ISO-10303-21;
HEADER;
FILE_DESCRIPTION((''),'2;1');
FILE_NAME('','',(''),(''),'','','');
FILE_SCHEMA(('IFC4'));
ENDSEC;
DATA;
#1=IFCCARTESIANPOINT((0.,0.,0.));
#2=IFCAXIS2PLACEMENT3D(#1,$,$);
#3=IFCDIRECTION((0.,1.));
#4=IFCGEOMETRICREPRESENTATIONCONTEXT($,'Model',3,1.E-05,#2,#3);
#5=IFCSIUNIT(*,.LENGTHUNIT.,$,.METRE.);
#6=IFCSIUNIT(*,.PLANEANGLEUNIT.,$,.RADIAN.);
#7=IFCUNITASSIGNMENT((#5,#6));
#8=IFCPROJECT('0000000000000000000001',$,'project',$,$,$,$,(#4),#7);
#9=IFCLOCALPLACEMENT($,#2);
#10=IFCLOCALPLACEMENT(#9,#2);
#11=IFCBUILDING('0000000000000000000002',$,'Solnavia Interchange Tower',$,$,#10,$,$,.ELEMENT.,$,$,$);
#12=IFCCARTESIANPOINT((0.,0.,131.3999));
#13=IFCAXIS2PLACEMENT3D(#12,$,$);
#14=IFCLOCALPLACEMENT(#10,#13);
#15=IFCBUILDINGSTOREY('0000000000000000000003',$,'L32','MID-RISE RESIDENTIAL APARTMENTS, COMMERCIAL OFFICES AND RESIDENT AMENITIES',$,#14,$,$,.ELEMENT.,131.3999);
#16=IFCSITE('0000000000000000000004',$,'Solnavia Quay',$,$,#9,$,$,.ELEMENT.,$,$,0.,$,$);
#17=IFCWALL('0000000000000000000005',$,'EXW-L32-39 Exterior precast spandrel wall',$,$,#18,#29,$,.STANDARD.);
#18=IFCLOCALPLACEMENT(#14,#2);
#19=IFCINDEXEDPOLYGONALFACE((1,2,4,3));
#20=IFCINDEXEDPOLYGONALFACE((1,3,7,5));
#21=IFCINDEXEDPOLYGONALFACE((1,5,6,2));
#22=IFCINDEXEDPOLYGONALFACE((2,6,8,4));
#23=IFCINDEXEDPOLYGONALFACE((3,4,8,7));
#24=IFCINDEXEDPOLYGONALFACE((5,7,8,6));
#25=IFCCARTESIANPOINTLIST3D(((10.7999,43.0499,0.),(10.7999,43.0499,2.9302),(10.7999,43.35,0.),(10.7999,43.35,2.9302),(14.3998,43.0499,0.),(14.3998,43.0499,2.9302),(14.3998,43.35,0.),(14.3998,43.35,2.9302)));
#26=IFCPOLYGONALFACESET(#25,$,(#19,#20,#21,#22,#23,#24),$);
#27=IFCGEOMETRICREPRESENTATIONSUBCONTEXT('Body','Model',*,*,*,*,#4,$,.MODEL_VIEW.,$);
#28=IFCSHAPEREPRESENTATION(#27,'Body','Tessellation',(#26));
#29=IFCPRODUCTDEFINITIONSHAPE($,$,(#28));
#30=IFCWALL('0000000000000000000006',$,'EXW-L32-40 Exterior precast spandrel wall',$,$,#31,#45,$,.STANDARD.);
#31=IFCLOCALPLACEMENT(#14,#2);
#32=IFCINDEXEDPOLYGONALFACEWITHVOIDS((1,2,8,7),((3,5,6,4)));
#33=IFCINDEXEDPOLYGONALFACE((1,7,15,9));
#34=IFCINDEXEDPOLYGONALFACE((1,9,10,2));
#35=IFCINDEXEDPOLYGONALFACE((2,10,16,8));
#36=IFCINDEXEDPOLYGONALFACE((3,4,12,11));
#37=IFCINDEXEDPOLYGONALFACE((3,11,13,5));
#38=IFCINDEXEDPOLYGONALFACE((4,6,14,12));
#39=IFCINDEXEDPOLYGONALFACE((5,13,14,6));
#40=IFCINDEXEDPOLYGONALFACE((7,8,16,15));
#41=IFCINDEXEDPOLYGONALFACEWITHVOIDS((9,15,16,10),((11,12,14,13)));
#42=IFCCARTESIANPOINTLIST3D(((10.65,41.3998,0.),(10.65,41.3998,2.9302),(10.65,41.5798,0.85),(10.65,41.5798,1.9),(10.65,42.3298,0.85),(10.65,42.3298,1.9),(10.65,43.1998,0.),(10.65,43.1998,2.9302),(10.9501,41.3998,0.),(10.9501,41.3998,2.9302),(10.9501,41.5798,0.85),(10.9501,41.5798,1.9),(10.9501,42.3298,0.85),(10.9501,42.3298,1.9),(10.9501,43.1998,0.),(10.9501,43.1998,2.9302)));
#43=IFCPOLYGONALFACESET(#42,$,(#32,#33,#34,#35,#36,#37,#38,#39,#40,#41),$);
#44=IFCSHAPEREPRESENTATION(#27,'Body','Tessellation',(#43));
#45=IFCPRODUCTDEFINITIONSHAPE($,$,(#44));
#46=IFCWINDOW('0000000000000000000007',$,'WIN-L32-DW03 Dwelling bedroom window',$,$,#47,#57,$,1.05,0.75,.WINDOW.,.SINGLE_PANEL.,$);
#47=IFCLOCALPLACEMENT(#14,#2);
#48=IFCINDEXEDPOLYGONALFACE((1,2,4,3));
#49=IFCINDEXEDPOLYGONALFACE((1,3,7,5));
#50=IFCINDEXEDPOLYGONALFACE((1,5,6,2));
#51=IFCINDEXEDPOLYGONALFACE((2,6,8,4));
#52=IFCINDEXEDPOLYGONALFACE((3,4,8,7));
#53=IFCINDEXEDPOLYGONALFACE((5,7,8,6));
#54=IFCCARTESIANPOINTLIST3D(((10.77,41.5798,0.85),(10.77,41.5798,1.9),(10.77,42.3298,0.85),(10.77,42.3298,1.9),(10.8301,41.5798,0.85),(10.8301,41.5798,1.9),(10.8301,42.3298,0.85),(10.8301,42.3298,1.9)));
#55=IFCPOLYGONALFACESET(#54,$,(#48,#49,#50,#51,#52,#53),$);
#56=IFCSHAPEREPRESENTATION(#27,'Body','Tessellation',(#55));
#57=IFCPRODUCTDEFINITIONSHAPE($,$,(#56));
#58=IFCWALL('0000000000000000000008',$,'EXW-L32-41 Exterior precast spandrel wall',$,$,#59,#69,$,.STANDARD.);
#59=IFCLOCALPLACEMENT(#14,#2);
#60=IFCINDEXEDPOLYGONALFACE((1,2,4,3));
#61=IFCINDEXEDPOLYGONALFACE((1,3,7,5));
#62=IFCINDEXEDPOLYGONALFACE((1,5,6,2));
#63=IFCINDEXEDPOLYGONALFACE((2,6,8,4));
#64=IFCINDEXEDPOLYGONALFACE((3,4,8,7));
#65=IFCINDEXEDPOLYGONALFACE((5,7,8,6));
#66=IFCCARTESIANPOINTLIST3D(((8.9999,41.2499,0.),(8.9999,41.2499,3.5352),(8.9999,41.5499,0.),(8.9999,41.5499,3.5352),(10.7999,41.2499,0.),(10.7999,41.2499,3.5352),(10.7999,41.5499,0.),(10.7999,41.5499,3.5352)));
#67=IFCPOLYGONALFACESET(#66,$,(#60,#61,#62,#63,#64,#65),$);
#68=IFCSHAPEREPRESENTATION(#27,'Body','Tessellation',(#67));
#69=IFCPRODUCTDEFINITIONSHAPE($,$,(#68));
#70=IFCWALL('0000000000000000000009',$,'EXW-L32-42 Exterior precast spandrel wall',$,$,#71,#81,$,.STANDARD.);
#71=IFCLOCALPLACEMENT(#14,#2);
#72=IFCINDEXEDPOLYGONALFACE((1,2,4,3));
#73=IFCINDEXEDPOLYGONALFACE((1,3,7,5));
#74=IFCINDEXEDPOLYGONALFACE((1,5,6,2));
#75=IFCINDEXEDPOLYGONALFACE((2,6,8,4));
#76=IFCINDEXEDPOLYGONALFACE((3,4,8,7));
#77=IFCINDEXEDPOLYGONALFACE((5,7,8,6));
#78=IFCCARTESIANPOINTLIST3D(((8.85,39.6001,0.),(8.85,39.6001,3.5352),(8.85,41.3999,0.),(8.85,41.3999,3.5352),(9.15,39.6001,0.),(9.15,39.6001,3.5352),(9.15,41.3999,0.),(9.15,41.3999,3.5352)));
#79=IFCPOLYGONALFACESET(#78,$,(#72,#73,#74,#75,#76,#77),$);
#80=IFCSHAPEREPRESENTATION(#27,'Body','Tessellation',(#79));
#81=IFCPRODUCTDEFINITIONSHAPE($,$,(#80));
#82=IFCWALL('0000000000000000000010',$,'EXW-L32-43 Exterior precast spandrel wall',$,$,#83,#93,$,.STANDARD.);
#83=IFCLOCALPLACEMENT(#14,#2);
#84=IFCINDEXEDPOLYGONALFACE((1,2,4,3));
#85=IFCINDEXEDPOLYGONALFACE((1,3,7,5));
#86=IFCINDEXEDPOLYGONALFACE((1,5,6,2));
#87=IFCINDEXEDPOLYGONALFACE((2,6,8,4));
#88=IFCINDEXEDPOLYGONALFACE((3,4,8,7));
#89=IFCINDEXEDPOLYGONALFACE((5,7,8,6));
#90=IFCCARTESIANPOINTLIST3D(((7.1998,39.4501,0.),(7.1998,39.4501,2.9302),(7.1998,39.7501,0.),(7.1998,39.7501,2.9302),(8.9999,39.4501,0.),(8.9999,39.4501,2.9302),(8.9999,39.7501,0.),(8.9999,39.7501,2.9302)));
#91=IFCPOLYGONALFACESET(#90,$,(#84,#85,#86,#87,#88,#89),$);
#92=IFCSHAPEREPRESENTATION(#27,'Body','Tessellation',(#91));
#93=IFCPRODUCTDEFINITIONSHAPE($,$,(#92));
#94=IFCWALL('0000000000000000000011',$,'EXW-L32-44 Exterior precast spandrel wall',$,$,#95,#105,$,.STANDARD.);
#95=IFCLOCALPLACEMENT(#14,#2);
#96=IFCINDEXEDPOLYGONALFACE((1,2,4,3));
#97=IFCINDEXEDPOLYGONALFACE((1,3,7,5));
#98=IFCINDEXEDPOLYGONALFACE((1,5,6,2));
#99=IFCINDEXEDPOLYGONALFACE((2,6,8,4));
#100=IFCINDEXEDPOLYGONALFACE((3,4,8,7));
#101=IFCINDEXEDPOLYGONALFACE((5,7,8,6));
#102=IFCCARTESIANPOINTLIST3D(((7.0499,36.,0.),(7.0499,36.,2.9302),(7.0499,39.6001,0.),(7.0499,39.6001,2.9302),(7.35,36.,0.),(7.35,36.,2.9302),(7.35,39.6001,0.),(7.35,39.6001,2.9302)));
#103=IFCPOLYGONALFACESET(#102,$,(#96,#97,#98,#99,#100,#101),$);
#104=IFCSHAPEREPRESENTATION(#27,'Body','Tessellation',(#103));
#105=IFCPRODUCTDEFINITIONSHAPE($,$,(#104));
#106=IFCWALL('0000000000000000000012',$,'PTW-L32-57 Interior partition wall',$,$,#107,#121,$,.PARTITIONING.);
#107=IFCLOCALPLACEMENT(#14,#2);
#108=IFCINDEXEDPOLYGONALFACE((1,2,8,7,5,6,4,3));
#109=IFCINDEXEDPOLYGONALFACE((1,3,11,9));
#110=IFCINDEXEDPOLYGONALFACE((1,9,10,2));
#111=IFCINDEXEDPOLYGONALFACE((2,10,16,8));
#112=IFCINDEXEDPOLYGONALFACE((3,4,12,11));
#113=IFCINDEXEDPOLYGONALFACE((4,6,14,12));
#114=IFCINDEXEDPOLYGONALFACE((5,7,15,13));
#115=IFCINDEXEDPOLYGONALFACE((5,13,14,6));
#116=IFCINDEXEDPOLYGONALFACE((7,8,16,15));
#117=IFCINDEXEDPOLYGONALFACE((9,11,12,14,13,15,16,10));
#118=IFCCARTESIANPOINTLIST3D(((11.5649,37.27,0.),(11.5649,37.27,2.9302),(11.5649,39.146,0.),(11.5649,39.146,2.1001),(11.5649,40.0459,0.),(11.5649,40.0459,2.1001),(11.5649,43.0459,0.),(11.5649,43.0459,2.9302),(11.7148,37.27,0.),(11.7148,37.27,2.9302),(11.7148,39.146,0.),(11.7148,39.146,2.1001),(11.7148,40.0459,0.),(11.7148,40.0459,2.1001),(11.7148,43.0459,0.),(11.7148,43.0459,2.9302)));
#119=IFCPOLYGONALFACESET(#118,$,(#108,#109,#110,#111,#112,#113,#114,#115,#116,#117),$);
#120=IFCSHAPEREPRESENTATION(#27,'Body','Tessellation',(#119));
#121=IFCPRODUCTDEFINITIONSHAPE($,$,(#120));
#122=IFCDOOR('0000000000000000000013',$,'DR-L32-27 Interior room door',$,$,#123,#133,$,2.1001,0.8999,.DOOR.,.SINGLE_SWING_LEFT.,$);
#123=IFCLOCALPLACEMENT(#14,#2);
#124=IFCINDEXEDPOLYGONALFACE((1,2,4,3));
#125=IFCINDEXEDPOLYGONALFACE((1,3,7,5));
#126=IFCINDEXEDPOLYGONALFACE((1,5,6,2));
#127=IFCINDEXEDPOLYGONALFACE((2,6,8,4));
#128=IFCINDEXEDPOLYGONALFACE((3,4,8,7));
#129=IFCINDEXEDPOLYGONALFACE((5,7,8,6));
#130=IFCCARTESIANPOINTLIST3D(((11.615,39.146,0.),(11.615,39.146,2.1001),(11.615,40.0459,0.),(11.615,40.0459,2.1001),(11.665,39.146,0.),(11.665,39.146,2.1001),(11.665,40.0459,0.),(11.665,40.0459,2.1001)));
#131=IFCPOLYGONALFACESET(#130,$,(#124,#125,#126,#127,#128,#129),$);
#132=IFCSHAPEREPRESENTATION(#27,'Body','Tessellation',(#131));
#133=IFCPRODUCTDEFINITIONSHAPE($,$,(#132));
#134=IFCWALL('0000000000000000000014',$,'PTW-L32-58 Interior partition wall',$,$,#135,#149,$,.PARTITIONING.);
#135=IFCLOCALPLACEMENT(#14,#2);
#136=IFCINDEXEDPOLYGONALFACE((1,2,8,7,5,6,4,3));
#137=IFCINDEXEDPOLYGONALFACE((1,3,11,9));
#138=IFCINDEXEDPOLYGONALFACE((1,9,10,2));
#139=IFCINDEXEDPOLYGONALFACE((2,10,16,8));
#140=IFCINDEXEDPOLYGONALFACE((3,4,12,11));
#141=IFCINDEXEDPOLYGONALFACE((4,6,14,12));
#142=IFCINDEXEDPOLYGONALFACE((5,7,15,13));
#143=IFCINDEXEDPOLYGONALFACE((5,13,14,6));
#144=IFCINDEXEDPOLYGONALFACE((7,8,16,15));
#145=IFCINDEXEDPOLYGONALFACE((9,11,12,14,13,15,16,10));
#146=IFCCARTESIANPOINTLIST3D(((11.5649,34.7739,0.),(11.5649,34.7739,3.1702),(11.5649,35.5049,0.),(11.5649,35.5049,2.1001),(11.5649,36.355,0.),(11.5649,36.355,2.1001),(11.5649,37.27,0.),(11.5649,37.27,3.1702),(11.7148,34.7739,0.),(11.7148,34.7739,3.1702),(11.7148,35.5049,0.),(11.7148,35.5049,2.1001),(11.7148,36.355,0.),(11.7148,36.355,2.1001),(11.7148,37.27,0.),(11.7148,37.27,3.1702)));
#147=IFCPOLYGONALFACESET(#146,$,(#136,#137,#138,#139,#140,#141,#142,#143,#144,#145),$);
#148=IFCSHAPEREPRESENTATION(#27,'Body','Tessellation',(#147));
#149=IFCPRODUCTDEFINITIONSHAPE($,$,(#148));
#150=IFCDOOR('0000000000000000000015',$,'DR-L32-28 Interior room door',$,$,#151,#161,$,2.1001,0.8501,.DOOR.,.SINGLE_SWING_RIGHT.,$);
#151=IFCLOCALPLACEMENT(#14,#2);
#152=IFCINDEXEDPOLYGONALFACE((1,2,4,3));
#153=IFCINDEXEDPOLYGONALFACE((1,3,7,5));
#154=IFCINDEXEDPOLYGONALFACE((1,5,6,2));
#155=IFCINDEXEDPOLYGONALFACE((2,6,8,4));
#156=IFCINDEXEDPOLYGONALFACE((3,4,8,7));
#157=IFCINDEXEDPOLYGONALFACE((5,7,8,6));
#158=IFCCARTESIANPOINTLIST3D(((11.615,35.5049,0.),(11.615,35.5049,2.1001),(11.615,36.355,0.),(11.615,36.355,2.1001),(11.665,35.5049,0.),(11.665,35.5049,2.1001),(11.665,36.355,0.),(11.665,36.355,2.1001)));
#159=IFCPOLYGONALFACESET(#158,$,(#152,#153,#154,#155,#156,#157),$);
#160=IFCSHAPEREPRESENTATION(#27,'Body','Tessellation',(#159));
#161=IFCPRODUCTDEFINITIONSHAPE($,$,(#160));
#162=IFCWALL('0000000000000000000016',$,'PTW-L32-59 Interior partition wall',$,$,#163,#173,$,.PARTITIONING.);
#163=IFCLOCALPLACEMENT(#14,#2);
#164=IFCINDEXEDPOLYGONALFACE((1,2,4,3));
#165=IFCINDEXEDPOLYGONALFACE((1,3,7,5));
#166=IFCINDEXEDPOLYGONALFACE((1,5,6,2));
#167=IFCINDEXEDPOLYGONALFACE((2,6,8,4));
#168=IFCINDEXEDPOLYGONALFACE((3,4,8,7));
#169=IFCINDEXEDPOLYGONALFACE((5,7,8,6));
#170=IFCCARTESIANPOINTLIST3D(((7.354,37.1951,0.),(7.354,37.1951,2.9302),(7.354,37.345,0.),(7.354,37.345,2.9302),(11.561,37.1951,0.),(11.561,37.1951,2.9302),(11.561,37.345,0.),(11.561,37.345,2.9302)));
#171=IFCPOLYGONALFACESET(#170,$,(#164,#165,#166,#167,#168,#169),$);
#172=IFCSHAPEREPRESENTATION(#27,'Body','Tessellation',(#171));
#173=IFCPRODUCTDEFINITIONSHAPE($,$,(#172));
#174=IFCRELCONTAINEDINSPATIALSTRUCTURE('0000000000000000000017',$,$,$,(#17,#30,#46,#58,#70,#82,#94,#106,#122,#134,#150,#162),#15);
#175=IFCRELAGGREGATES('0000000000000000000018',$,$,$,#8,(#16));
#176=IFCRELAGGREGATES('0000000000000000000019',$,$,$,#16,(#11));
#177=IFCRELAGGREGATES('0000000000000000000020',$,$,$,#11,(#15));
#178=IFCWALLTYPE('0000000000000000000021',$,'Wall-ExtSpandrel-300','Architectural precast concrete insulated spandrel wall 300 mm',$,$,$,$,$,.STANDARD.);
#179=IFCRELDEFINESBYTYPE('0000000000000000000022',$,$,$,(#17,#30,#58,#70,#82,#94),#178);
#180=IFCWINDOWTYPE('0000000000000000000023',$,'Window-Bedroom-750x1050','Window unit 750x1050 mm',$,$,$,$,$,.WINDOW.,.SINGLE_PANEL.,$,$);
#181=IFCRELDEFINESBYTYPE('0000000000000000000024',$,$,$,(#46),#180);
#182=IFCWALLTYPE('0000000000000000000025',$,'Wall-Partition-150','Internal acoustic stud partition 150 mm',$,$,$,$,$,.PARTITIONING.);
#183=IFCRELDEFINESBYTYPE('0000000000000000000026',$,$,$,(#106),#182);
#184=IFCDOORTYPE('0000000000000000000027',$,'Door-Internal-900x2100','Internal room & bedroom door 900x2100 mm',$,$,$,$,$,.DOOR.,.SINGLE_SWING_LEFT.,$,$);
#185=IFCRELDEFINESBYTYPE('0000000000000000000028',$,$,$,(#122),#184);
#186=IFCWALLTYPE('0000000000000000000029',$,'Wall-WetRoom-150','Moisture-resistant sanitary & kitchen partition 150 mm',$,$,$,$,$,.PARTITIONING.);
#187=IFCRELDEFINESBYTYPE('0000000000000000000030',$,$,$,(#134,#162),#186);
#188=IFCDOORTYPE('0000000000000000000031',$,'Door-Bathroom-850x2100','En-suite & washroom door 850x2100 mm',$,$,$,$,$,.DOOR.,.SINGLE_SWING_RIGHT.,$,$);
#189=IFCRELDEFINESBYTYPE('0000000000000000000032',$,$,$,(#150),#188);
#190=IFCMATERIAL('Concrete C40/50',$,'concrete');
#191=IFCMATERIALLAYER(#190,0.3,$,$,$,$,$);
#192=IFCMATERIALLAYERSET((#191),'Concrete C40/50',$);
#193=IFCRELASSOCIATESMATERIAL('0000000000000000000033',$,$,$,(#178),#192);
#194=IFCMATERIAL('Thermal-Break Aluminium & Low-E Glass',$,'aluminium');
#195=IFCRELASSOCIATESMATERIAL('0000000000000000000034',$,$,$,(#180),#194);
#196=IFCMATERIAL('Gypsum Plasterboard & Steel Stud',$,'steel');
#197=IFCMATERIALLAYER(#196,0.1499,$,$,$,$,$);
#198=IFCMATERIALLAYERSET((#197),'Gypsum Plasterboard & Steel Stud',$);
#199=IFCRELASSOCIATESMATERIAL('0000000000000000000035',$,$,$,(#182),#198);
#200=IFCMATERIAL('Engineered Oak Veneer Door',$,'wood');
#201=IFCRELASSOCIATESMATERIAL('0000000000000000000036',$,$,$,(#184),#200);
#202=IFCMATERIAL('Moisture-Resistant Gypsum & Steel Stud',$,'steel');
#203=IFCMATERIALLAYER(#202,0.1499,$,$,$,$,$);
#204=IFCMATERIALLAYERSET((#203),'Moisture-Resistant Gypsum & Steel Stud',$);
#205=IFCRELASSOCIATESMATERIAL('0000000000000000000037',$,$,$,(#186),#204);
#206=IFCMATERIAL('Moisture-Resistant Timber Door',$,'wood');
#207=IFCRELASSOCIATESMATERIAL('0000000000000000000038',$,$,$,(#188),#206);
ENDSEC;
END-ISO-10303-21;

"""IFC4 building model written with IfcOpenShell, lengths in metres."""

from ifc_helpers import new_model, si_unit, direction, frame, frame_2d, origin, place, context, subcontext, project, spatial, rectangle, extrude, material, layer, layer_set, type_object, element, fill, save


model = new_model("IFC4")

# Units and contexts
model_context = context("Model", 3, precision=1e-05, world=origin(), true_north=direction((0.0, 1.0)))
body_context = subcontext(model_context, "Body", "Model", "MODEL_VIEW")
ifc_project = project(units=[si_unit("LENGTHUNIT", "METRE"), si_unit("PLANEANGLEUNIT", "RADIAN")], contexts=[model_context])

# Site, building, storey
site_placement = place(None, origin())
site = spatial("IfcSite", under=ifc_project, at=site_placement, Name="Solnavia Quay", CompositionType="ELEMENT", RefElevation=0.0)
building_placement = place(site_placement, origin())
building = spatial("IfcBuilding", under=site, at=building_placement, Name="Solnavia Interchange Tower", CompositionType="ELEMENT")
storey_placement = place(building_placement, frame((0.0, 0.0, 131.3999)))
storey = spatial("IfcBuildingStorey", under=building, at=storey_placement, Name="L32", Description="MID-RISE RESIDENTIAL APARTMENTS, COMMERCIAL OFFICES AND RESIDENT AMENITIES", CompositionType="ELEMENT", Elevation=131.3999)

# Wall
ifc_material_1 = material(Name="Concrete C40/50", Category="concrete")
ifc_layer_1 = layer(ifc_material_1, 0.3)
ifc_layer_set_1 = layer_set([ifc_layer_1], Name="Concrete C40/50")
wall_type_1 = type_object("IfcWallType", Name="Wall-ExtSpandrel-300", Description="Architectural precast concrete insulated spandrel wall 300 mm", PredefinedType="STANDARD", material=ifc_layer_set_1)
wall_1_placement = place(storey_placement, frame((10.8, 43.2, 0.0), z_axis=(0.0, 0.0, 1.0), x_axis=(1.0, 0.0, 0.0)))
element("IfcWall", 1, at=wall_1_placement, inside=storey, type_object=wall_type_1, Name="EXW-L32-39 Exterior precast spandrel wall", PredefinedType="STANDARD", context=body_context, shape_type="SweptSolid", body=[
    extrude(rectangle(XDim=3.5999, YDim=0.3, at=frame_2d((1.7998, 0.0))), origin(), (0.0, 0.0, 1.0), 2.9302),
])

# Wall, opening, window
wall_2_placement = place(storey_placement, frame((10.8, 41.3999, 0.0), z_axis=(0.0, 0.0, 1.0), x_axis=(0.0, 1.0, 0.0)))
wall_2 = element("IfcWall", 2, at=wall_2_placement, inside=storey, type_object=wall_type_1, Name="EXW-L32-40 Exterior precast spandrel wall", PredefinedType="STANDARD", context=body_context, shape_type="SweptSolid", body=[
    extrude(rectangle(XDim=1.8, YDim=0.3, at=frame_2d((0.8999, 0.0))), origin(), (0.0, 0.0, 1.0), 2.9302),
])
opening_1_placement = place(wall_2_placement, frame((0.1799, 0.0, 0.8501)))
opening_1 = element("IfcOpeningElement", 3, at=opening_1_placement, cuts=wall_2, PredefinedType="OPENING", context=body_context, shape_type="SweptSolid", body=[
    extrude(rectangle(XDim=0.75, YDim=1.05, at=frame_2d((0.375, 0.5249))), frame((0.0, 0.1602, 0.0), z_axis=(0.0, -1.0, 0.0), x_axis=(1.0, 0.0, 0.0)), (0.0, 0.0, 1.0), 0.3201),
])
ifc_material_2 = material(Name="Thermal-Break Aluminium & Low-E Glass", Category="aluminium")
window_type = type_object("IfcWindowType", Name="Window-Bedroom-750x1050", Description="Window unit 750x1050 mm", PartitioningType="SINGLE_PANEL", PredefinedType="WINDOW", material=ifc_material_2)
window_placement = place(opening_1_placement, origin())
window = element("IfcWindow", 4, at=window_placement, inside=storey, type_object=window_type, Name="WIN-L32-DW03 Dwelling bedroom window", OverallHeight=1.05, OverallWidth=0.75, PartitioningType="SINGLE_PANEL", PredefinedType="WINDOW", context=body_context, shape_type="SweptSolid", body=[
    extrude(rectangle(XDim=0.75, YDim=1.05, at=frame_2d((0.375, 0.5249))), frame((0.0, 0.03, 0.0), z_axis=(0.0, -1.0, 0.0), x_axis=(1.0, 0.0, 0.0)), (0.0, 0.0, 1.0), 0.0601),
])
fill(opening_1, window)

# Walls
wall_3_placement = place(storey_placement, frame((9.0, 41.3999, 0.0), z_axis=(0.0, 0.0, 1.0), x_axis=(1.0, 0.0, 0.0)))
element("IfcWall", 5, at=wall_3_placement, inside=storey, type_object=wall_type_1, Name="EXW-L32-41 Exterior precast spandrel wall", PredefinedType="STANDARD", context=body_context, shape_type="SweptSolid", body=[
    extrude(rectangle(XDim=1.8, YDim=0.3, at=frame_2d((0.8999, 0.0))), origin(), (0.0, 0.0, 1.0), 3.5352),
])
wall_4_placement = place(storey_placement, frame((9.0, 39.6001, 0.0), z_axis=(0.0, 0.0, 1.0), x_axis=(0.0, 1.0, 0.0)))
element("IfcWall", 6, at=wall_4_placement, inside=storey, type_object=wall_type_1, Name="EXW-L32-42 Exterior precast spandrel wall", PredefinedType="STANDARD", context=body_context, shape_type="SweptSolid", body=[
    extrude(rectangle(XDim=1.7998, YDim=0.3, at=frame_2d((0.8999, 0.0))), origin(), (0.0, 0.0, 1.0), 3.5352),
])
wall_5_placement = place(storey_placement, frame((7.2, 39.6001, 0.0), z_axis=(0.0, 0.0, 1.0), x_axis=(1.0, 0.0, 0.0)))
element("IfcWall", 7, at=wall_5_placement, inside=storey, type_object=wall_type_1, Name="EXW-L32-43 Exterior precast spandrel wall", PredefinedType="STANDARD", context=body_context, shape_type="SweptSolid", body=[
    extrude(rectangle(XDim=1.8, YDim=0.3, at=frame_2d((0.8999, 0.0))), origin(), (0.0, 0.0, 1.0), 2.9302),
])
wall_6_placement = place(storey_placement, frame((7.2, 36.0, 0.0), z_axis=(0.0, 0.0, 1.0), x_axis=(0.0, 1.0, 0.0)))
element("IfcWall", 8, at=wall_6_placement, inside=storey, type_object=wall_type_1, Name="EXW-L32-44 Exterior precast spandrel wall", PredefinedType="STANDARD", context=body_context, shape_type="SweptSolid", body=[
    extrude(rectangle(XDim=3.6001, YDim=0.3, at=frame_2d((1.8, 0.0))), origin(), (0.0, 0.0, 1.0), 2.9302),
])

# Walls, openings, doors
ifc_material_3 = material(Name="Gypsum Plasterboard & Steel Stud", Category="steel")
ifc_layer_2 = layer(ifc_material_3, 0.1499)
ifc_layer_set_2 = layer_set([ifc_layer_2], Name="Gypsum Plasterboard & Steel Stud")
wall_type_2 = type_object("IfcWallType", Name="Wall-Partition-150", Description="Internal acoustic stud partition 150 mm", PredefinedType="PARTITIONING", material=ifc_layer_set_2)
wall_7_placement = place(storey_placement, frame((11.6399, 37.27, 0.0), z_axis=(0.0, 0.0, 1.0), x_axis=(0.0, 1.0, 0.0)))
wall_7 = element("IfcWall", 9, at=wall_7_placement, inside=storey, type_object=wall_type_2, Name="PTW-L32-57 Interior partition wall", PredefinedType="PARTITIONING", context=body_context, shape_type="SweptSolid", body=[
    extrude(rectangle(XDim=5.7759, YDim=0.1499, at=frame_2d((2.8879, 0.0))), origin(), (0.0, 0.0, 1.0), 2.9302),
])
opening_2_placement = place(wall_7_placement, frame((1.876, 0.0, 0.0)))
opening_2 = element("IfcOpeningElement", 10, at=opening_2_placement, cuts=wall_7, PredefinedType="OPENING", context=body_context, shape_type="SweptSolid", body=[
    extrude(rectangle(XDim=0.8999, YDim=2.1001, at=frame_2d((0.45, 1.05))), frame((0.0, 0.085, 0.0), z_axis=(0.0, -1.0, 0.0), x_axis=(1.0, 0.0, 0.0)), (0.0, 0.0, 1.0), 0.1699),
])
ifc_material_4 = material(Name="Engineered Oak Veneer Door", Category="wood")
door_type_1 = type_object("IfcDoorType", Name="Door-Internal-900x2100", Description="Internal room & bedroom door 900x2100 mm", OperationType="SINGLE_SWING_LEFT", PredefinedType="DOOR", material=ifc_material_4)
door_1_placement = place(opening_2_placement, origin())
door_1 = element("IfcDoor", 11, at=door_1_placement, inside=storey, type_object=door_type_1, Name="DR-L32-27 Interior room door", OperationType="SINGLE_SWING_LEFT", OverallHeight=2.1001, OverallWidth=0.8999, PredefinedType="DOOR", context=body_context, shape_type="SweptSolid", body=[
    extrude(rectangle(XDim=0.8999, YDim=2.1001, at=frame_2d((0.45, 1.05))), frame((0.0, 0.0249, 0.0), z_axis=(0.0, -1.0, 0.0), x_axis=(1.0, 0.0, 0.0)), (0.0, 0.0, 1.0), 0.05),
])
fill(opening_2, door_1)
ifc_material_5 = material(Name="Moisture-Resistant Gypsum & Steel Stud", Category="steel")
ifc_layer_3 = layer(ifc_material_5, 0.1499)
ifc_layer_set_3 = layer_set([ifc_layer_3], Name="Moisture-Resistant Gypsum & Steel Stud")
wall_type_3 = type_object("IfcWallType", Name="Wall-WetRoom-150", Description="Moisture-resistant sanitary & kitchen partition 150 mm", PredefinedType="PARTITIONING", material=ifc_layer_set_3)
wall_8_placement = place(storey_placement, frame((11.6399, 34.7739, 0.0), z_axis=(0.0, 0.0, 1.0), x_axis=(0.0, 1.0, 0.0)))
wall_8 = element("IfcWall", 12, at=wall_8_placement, inside=storey, type_object=wall_type_3, Name="PTW-L32-58 Interior partition wall", PredefinedType="PARTITIONING", context=body_context, shape_type="SweptSolid", body=[
    extrude(rectangle(XDim=2.4961, YDim=0.1499, at=frame_2d((1.248, 0.0))), origin(), (0.0, 0.0, 1.0), 3.1702),
])
opening_3_placement = place(wall_8_placement, frame((0.731, 0.0, 0.0)))
opening_3 = element("IfcOpeningElement", 13, at=opening_3_placement, cuts=wall_8, PredefinedType="OPENING", context=body_context, shape_type="SweptSolid", body=[
    extrude(rectangle(XDim=0.8501, YDim=2.1001, at=frame_2d((0.425, 1.05))), frame((0.0, 0.085, 0.0), z_axis=(0.0, -1.0, 0.0), x_axis=(1.0, 0.0, 0.0)), (0.0, 0.0, 1.0), 0.1699),
])
ifc_material_6 = material(Name="Moisture-Resistant Timber Door", Category="wood")
door_type_2 = type_object("IfcDoorType", Name="Door-Bathroom-850x2100", Description="En-suite & washroom door 850x2100 mm", OperationType="SINGLE_SWING_RIGHT", PredefinedType="DOOR", material=ifc_material_6)
door_2_placement = place(opening_3_placement, origin())
door_2 = element("IfcDoor", 14, at=door_2_placement, inside=storey, type_object=door_type_2, Name="DR-L32-28 Interior room door", OperationType="SINGLE_SWING_RIGHT", OverallHeight=2.1001, OverallWidth=0.8501, PredefinedType="DOOR", context=body_context, shape_type="SweptSolid", body=[
    extrude(rectangle(XDim=0.8501, YDim=2.1001, at=frame_2d((0.425, 1.05))), frame((0.0, 0.0249, 0.0), z_axis=(0.0, -1.0, 0.0), x_axis=(1.0, 0.0, 0.0)), (0.0, 0.0, 1.0), 0.05),
])
fill(opening_3, door_2)

# Wall
wall_9_placement = place(storey_placement, frame((7.354, 37.27, 0.0), z_axis=(0.0, 0.0, 1.0), x_axis=(1.0, 0.0, 0.0)))
element("IfcWall", 15, at=wall_9_placement, inside=storey, type_object=wall_type_3, Name="PTW-L32-59 Interior partition wall", PredefinedType="PARTITIONING", context=body_context, shape_type="SweptSolid", body=[
    extrude(rectangle(XDim=4.207, YDim=0.1499, at=frame_2d((2.1035, 0.0))), origin(), (0.0, 0.0, 1.0), 2.9302),
])

save(model, "model.ifc")
